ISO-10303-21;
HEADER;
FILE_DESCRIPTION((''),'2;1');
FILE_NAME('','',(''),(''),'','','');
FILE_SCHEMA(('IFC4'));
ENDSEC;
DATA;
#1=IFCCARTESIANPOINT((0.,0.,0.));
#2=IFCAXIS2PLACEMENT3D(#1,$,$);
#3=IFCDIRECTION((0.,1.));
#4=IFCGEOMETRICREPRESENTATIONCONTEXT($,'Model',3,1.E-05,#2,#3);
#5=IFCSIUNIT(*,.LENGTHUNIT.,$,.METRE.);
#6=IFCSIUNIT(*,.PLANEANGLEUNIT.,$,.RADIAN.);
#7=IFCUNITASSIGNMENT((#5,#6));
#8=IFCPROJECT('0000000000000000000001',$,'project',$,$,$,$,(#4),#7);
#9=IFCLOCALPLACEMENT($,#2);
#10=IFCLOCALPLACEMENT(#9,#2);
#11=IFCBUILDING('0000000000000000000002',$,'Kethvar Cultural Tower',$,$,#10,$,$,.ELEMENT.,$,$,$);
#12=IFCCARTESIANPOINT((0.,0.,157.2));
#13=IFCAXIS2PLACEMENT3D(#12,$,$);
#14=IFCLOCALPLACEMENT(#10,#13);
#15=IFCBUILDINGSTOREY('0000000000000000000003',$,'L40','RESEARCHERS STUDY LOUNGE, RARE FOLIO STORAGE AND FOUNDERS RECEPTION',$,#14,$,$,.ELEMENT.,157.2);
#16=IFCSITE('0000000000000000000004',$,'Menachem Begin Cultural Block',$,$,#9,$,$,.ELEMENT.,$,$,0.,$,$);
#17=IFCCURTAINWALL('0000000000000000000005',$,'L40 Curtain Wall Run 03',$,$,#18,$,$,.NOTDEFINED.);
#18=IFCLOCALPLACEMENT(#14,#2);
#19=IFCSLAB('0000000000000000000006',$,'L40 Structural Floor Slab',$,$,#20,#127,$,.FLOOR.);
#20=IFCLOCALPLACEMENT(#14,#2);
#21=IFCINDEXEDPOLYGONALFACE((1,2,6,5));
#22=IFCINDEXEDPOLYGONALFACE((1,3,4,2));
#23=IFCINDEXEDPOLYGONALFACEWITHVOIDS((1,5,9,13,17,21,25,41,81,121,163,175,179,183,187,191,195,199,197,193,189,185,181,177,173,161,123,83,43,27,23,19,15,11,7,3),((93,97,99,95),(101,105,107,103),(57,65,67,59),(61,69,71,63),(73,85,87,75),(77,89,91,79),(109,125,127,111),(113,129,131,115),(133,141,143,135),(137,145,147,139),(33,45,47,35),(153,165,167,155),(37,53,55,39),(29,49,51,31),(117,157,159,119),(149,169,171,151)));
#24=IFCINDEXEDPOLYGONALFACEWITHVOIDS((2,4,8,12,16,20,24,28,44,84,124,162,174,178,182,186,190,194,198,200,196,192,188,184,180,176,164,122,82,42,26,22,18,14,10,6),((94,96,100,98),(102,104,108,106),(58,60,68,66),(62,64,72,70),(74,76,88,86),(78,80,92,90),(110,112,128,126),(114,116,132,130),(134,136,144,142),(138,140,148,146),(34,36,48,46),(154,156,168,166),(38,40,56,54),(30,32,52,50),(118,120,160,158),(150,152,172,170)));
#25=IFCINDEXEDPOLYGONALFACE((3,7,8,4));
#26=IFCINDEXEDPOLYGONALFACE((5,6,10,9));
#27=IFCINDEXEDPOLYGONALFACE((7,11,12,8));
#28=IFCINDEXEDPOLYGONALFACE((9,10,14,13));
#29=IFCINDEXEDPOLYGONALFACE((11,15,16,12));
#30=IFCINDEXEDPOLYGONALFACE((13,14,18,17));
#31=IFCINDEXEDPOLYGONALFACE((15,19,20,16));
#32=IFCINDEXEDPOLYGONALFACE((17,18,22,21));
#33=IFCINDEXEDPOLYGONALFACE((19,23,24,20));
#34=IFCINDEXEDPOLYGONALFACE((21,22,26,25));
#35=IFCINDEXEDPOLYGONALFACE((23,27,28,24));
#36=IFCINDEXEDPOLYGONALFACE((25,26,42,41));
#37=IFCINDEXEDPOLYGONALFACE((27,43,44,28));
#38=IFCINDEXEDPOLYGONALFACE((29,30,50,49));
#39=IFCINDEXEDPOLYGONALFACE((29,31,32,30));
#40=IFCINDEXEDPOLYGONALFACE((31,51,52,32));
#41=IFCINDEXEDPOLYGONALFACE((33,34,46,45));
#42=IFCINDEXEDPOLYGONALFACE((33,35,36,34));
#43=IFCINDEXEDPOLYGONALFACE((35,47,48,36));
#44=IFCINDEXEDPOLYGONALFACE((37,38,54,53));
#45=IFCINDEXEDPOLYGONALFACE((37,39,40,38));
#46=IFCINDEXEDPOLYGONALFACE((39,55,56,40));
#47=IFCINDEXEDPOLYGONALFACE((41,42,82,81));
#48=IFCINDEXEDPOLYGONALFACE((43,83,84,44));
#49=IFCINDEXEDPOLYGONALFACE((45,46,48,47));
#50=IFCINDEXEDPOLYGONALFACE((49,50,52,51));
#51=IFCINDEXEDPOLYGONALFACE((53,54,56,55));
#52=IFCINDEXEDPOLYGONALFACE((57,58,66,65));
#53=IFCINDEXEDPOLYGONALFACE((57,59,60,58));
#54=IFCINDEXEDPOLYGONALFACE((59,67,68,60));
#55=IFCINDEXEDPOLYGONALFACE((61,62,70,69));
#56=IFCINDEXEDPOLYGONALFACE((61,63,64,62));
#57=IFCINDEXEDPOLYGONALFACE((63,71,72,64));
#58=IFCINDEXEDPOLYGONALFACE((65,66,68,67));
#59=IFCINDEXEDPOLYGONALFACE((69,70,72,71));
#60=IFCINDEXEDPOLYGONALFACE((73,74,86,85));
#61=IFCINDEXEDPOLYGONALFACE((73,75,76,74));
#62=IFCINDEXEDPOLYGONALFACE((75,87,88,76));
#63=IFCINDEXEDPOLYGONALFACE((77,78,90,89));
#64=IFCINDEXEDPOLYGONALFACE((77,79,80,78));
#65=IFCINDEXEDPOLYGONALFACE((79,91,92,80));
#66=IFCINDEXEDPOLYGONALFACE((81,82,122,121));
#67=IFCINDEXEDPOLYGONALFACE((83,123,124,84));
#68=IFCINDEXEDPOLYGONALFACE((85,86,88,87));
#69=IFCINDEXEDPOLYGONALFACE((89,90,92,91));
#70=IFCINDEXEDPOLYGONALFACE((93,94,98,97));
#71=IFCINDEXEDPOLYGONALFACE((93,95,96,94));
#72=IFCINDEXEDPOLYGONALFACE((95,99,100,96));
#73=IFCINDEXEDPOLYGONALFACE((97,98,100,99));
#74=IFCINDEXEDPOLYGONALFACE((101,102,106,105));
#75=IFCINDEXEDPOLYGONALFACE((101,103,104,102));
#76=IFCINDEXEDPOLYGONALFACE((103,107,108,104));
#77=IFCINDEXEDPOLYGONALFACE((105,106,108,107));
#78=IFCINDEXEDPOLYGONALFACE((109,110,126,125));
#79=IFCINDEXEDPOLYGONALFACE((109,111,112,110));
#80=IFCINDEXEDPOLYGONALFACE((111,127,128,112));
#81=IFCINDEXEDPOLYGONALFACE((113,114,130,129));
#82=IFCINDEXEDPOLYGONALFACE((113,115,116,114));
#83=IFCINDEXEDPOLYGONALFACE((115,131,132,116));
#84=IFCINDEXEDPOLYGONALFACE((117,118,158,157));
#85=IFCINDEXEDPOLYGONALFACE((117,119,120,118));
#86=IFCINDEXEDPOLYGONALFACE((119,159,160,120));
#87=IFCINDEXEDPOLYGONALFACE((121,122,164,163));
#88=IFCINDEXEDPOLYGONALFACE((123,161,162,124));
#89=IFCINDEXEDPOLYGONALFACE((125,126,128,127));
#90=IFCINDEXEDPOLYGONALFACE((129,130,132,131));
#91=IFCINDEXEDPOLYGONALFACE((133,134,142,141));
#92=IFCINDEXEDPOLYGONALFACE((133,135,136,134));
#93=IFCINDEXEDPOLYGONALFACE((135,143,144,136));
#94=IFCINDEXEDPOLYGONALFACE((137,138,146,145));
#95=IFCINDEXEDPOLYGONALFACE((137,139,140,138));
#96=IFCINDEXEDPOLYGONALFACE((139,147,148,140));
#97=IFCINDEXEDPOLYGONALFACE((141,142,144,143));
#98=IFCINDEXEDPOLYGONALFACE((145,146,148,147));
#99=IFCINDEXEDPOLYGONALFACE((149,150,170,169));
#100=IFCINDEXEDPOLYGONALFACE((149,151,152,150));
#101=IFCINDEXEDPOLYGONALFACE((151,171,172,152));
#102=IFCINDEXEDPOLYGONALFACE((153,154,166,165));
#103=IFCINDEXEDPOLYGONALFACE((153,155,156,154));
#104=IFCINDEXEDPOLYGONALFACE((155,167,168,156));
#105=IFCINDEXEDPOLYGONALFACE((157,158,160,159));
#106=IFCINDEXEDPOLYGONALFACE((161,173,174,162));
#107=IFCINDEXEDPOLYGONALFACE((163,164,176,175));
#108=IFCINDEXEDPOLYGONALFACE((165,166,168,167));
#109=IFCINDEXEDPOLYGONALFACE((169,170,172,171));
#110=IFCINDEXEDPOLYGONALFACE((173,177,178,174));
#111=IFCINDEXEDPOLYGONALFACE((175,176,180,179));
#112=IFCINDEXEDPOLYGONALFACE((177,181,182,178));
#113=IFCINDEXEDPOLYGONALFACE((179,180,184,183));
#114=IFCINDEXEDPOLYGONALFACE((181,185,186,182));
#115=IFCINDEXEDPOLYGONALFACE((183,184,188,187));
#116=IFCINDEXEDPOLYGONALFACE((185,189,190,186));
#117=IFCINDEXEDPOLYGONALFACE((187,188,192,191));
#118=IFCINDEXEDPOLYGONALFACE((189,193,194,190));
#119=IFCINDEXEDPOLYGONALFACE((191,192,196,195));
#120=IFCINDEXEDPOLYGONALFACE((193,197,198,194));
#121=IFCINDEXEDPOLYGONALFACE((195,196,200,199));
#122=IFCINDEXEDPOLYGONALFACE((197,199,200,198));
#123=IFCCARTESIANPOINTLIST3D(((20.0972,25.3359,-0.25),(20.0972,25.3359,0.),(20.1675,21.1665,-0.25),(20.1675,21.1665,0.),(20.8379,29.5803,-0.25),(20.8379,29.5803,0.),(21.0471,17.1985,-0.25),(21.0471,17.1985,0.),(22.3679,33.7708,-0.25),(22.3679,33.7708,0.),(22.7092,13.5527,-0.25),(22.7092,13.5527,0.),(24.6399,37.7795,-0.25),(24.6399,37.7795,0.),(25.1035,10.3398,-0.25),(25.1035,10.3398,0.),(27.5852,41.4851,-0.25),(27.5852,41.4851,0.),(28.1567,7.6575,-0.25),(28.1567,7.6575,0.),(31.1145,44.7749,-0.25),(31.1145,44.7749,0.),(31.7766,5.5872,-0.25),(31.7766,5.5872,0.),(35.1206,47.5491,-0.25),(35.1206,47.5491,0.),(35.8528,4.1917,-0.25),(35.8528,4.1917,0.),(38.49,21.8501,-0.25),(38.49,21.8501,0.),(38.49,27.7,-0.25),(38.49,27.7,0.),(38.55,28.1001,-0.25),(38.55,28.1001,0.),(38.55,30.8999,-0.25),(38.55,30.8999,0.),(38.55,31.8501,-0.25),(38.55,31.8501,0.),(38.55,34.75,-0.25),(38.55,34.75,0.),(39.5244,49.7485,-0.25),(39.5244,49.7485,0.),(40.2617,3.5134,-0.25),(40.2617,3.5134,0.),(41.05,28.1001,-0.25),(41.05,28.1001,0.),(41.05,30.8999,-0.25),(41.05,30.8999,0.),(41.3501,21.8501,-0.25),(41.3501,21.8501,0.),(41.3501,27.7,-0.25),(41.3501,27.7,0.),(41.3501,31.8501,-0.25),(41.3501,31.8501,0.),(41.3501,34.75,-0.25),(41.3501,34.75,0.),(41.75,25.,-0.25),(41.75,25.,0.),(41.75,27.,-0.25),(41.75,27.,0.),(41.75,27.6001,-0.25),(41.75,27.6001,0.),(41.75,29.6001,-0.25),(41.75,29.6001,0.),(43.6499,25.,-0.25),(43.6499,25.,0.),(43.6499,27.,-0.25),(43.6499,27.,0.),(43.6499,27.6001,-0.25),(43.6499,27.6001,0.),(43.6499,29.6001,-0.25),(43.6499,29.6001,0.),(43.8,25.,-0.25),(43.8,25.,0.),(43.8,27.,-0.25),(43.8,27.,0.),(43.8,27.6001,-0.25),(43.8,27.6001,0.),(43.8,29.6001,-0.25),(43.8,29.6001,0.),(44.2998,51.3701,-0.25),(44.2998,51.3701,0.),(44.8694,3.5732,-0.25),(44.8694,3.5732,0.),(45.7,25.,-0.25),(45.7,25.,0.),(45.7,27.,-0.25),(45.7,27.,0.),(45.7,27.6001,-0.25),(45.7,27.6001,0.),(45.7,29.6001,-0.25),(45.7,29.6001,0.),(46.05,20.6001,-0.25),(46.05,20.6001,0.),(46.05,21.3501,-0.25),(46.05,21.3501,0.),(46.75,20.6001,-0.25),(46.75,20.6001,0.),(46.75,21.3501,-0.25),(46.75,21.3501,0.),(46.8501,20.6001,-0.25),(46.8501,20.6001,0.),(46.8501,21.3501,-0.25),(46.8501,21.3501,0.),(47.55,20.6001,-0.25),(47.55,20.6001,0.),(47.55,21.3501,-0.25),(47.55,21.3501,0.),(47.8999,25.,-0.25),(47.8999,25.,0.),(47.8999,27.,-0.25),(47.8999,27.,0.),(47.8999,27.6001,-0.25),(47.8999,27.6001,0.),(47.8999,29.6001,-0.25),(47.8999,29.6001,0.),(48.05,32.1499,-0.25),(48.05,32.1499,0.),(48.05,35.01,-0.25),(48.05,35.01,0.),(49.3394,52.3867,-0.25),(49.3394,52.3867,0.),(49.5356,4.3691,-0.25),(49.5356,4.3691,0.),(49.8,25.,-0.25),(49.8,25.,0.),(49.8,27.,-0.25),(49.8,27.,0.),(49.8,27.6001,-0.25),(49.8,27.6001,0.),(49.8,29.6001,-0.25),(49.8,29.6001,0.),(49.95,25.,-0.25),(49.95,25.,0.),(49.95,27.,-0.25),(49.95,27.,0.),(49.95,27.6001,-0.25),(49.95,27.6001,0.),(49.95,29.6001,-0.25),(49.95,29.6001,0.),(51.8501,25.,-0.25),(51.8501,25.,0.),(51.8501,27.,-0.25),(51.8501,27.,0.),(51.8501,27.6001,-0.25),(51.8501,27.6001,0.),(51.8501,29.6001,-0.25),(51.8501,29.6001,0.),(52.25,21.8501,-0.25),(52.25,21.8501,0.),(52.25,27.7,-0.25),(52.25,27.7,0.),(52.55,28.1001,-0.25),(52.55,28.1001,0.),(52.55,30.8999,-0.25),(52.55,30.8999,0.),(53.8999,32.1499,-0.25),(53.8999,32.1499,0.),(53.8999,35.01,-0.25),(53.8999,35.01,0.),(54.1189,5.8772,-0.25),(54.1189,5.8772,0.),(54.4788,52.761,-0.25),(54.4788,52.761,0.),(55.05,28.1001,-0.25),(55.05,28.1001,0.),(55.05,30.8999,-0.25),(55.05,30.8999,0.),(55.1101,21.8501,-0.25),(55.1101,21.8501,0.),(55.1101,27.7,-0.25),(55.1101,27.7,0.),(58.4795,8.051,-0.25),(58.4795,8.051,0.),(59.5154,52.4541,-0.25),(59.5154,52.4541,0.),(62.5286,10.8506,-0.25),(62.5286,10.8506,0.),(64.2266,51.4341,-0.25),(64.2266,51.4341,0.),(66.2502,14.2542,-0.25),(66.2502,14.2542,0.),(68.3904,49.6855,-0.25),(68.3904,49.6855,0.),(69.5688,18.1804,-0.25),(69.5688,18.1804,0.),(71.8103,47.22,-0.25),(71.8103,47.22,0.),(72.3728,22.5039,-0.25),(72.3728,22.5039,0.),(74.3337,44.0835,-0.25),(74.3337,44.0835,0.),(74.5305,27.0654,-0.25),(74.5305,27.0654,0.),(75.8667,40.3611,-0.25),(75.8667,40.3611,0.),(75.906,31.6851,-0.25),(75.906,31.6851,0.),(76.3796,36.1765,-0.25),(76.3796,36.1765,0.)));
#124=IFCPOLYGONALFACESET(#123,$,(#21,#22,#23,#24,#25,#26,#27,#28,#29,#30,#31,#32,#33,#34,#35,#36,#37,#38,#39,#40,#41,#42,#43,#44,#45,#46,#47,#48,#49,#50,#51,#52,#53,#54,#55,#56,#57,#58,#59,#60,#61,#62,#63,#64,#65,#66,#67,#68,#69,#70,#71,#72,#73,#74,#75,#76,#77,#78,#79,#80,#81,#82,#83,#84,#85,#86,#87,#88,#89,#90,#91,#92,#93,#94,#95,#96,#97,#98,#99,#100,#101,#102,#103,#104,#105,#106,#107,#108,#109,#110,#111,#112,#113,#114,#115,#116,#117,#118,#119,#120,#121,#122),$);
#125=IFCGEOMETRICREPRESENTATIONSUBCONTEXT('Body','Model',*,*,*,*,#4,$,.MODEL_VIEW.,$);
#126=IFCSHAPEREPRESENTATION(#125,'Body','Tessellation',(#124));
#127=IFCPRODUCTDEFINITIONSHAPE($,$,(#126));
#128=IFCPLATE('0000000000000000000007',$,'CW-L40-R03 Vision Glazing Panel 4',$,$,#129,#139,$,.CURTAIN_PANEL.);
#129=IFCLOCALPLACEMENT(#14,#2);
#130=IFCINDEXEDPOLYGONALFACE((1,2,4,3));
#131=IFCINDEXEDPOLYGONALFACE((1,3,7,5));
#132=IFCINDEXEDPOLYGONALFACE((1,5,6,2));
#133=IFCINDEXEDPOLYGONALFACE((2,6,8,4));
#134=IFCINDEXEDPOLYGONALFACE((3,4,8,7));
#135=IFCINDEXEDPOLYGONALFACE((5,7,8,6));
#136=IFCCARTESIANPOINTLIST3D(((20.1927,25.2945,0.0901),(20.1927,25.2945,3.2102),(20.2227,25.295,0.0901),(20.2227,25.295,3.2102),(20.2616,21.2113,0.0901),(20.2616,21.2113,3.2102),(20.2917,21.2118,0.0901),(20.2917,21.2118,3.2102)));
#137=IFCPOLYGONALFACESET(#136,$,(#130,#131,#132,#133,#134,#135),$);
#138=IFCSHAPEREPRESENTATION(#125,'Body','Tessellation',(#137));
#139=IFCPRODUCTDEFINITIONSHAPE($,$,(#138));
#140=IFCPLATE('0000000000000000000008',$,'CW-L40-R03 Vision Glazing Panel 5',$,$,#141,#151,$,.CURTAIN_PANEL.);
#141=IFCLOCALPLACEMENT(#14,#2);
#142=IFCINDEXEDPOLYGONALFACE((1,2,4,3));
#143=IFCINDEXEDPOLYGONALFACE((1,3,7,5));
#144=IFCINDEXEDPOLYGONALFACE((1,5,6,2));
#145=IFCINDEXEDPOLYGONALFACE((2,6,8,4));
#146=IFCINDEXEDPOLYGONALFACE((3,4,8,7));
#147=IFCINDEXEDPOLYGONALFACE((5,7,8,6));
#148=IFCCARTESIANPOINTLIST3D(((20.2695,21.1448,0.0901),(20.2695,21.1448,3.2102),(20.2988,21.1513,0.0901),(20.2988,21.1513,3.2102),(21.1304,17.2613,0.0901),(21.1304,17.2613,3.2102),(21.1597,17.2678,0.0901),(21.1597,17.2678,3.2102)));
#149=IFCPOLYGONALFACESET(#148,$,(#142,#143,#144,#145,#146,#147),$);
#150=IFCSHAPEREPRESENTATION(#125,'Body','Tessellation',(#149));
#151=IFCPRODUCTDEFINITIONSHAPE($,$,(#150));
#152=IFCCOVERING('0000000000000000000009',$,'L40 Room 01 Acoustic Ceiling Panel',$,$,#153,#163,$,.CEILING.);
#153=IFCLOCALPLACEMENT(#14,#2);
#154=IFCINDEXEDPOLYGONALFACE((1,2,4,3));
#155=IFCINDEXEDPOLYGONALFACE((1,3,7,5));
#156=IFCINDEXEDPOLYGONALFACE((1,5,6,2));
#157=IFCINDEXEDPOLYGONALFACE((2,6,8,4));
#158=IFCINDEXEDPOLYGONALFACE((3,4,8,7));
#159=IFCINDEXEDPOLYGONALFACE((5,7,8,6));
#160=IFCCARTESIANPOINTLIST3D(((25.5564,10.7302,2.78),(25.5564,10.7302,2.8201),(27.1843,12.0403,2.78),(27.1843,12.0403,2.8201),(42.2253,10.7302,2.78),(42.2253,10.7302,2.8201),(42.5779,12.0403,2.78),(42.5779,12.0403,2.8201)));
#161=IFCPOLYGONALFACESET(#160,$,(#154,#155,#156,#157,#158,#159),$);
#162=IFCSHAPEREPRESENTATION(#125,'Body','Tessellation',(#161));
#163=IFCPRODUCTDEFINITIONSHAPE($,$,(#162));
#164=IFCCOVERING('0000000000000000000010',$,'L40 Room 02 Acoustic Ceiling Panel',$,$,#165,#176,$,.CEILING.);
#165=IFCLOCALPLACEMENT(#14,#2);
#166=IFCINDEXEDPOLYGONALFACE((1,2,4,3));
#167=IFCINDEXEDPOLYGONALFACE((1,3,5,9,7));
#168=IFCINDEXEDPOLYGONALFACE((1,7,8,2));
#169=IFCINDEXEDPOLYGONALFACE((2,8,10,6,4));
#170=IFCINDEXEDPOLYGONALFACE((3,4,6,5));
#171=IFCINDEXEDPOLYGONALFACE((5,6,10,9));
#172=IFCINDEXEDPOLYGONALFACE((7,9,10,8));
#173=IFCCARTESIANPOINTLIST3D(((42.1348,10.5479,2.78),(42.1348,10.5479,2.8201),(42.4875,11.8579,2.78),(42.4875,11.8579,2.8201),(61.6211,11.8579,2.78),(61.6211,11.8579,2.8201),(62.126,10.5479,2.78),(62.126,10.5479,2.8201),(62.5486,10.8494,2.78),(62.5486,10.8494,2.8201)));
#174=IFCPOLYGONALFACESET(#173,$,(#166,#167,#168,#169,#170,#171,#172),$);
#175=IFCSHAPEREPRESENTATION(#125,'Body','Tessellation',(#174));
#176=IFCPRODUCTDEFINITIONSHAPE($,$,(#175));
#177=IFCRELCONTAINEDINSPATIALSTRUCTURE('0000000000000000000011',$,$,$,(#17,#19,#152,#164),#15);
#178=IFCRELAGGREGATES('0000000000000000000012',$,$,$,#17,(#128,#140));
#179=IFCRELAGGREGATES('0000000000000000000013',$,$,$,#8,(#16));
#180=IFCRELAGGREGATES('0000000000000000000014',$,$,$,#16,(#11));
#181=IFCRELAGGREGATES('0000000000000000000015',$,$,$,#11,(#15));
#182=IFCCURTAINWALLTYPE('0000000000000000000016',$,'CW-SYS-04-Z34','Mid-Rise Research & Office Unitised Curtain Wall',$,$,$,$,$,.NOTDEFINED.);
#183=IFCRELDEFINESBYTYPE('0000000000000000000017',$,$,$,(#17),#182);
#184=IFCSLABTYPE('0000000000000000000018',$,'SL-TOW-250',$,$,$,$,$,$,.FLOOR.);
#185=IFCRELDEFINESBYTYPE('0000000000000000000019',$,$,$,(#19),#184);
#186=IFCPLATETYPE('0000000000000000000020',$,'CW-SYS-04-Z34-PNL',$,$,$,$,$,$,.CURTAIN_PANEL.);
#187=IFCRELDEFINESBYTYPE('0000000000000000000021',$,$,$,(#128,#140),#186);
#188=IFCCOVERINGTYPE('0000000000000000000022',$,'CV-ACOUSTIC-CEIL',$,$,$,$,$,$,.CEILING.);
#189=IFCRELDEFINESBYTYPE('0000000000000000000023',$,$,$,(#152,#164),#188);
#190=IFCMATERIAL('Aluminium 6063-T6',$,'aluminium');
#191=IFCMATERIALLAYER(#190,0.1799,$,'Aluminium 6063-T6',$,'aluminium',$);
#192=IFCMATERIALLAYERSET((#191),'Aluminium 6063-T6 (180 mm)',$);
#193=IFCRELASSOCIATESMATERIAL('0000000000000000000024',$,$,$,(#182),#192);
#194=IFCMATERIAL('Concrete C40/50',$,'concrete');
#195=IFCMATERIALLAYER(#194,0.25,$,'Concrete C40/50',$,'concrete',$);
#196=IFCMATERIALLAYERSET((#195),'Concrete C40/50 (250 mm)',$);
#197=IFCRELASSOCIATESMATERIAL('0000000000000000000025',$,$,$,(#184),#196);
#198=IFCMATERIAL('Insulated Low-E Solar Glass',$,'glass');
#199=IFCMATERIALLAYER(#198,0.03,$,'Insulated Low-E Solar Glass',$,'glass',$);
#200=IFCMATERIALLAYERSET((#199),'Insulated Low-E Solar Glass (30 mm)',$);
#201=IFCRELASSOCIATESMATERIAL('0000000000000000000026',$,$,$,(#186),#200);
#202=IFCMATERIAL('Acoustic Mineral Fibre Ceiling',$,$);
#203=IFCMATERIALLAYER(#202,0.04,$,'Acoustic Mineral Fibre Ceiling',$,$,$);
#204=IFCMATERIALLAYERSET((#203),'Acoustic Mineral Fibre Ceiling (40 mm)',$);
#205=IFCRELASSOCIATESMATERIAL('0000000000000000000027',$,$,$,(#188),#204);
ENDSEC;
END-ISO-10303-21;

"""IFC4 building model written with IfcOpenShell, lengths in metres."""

from ifc_helpers import new_model, si_unit, direction, frame, origin, origin_2d, place, context, subcontext, project, spatial, polyline, rectangle, outline, extrude, source, transform, mapped, material, layer, layer_set, type_object, element, aggregate, save


model = new_model("IFC4")

# Units and contexts
model_context = context("Model", 3, precision=1e-05, world=origin(), true_north=direction((0.0, 1.0)))
body_context = subcontext(model_context, "Body", "Model", "MODEL_VIEW")
ifc_project = project(units=[si_unit("LENGTHUNIT", "METRE"), si_unit("PLANEANGLEUNIT", "RADIAN")], contexts=[model_context])

# Site, building, storey
site_placement = place(None, origin())
site = spatial("IfcSite", under=ifc_project, at=site_placement, Name="Menachem Begin Cultural Block", CompositionType="ELEMENT", RefElevation=0.0)
building_placement = place(site_placement, origin())
building = spatial("IfcBuilding", under=site, at=building_placement, Name="Kethvar Cultural Tower", CompositionType="ELEMENT")
storey_placement = place(building_placement, frame((0.0, 0.0, 157.2)))
storey = spatial("IfcBuildingStorey", under=building, at=storey_placement, Name="L40", Description="RESEARCHERS STUDY LOUNGE, RARE FOLIO STORAGE AND FOUNDERS RECEPTION", CompositionType="ELEMENT", Elevation=157.2)

# Curtain wall
ifc_material_1 = material(Name="Aluminium 6063-T6", Category="aluminium")
ifc_layer_1 = layer(ifc_material_1, 0.1799, Name="Aluminium 6063-T6", Category="aluminium")
ifc_layer_set_1 = layer_set([ifc_layer_1], Name="Aluminium 6063-T6 (180 mm)")
curtain_wall_type = type_object("IfcCurtainWallType", Name="CW-SYS-04-Z34", Description="Mid-Rise Research & Office Unitised Curtain Wall", PredefinedType="NOTDEFINED", material=ifc_layer_set_1)
curtain_wall_placement = place(storey_placement, origin())
curtain_wall = element("IfcCurtainWall", 1, at=curtain_wall_placement, inside=storey, type_object=curtain_wall_type, Name="L40 Curtain Wall Run 03", PredefinedType="NOTDEFINED")

# Shared definitions
ifc_material_2 = material(Name="Concrete C40/50", Category="concrete")

# Slab
ifc_layer_2 = layer(ifc_material_2, 0.25, Name="Concrete C40/50", Category="concrete")
ifc_layer_set_2 = layer_set([ifc_layer_2], Name="Concrete C40/50 (250 mm)")
slab_type_1 = type_object("IfcSlabType", Name="SL-TOW-250", PredefinedType="FLOOR", material=ifc_layer_set_2)
slab_1_placement = place(storey_placement, frame((0.0, 0.0, -0.25)))
element("IfcSlab", 2, at=slab_1_placement, inside=storey, type_object=slab_type_1, Name="L40 Structural Floor Slab", PredefinedType="FLOOR", context=body_context, shape_type="SweptSolid", body=[
    extrude(outline(polyline([(74.3337, 44.0835), (71.8103, 47.22), (68.3904, 49.6855), (64.2266, 51.4341), (59.5154, 52.4541), (54.4788, 52.761), (49.3394, 52.3867), (44.2998, 51.3701), (39.5244, 49.7485), (35.1206, 47.5491), (31.1145, 44.7749), (27.5852, 41.4851), (24.6399, 37.7795), (22.3679, 33.7708), (20.8379, 29.5803), (20.0972, 25.3359), (20.1675, 21.1665), (21.0471, 17.1985), (22.7092, 13.5527), (25.1035, 10.3398), (28.1567, 7.6575), (31.7766, 5.5872), (35.8528, 4.1917), (40.2617, 3.5134), (44.8694, 3.5732), (49.5356, 4.3691), (54.1189, 5.8772), (58.4795, 8.051), (62.5286, 10.8506), (66.2502, 14.2542), (69.5688, 18.1804), (72.3728, 22.5039), (74.5305, 27.0654), (75.906, 31.6851), (76.3796, 36.1765), (75.8667, 40.3611), (74.3337, 44.0835)]), holes=[polyline([(38.49, 21.8501), (38.49, 27.7), (41.3501, 27.7), (41.3501, 21.8501), (38.49, 21.8501)]), polyline([(52.25, 21.8501), (52.25, 27.7), (55.1101, 27.7), (55.1101, 21.8501), (52.25, 21.8501)]), polyline([(53.8999, 32.1499), (48.05, 32.1499), (48.05, 35.01), (53.8999, 35.01), (53.8999, 32.1499)]), polyline([(41.75, 27.0), (43.6499, 27.0), (43.6499, 25.0), (41.75, 25.0), (41.75, 27.0)]), polyline([(43.8, 27.0), (45.7, 27.0), (45.7, 25.0), (43.8, 25.0), (43.8, 27.0)]), polyline([(47.8999, 27.0), (49.8, 27.0), (49.8, 25.0), (47.8999, 25.0), (47.8999, 27.0)]), polyline([(49.95, 27.0), (51.8501, 27.0), (51.8501, 25.0), (49.95, 25.0), (49.95, 27.0)]), polyline([(41.75, 29.6001), (43.6499, 29.6001), (43.6499, 27.6001), (41.75, 27.6001), (41.75, 29.6001)]), polyline([(43.8, 29.6001), (45.7, 29.6001), (45.7, 27.6001), (43.8, 27.6001), (43.8, 29.6001)]), polyline([(47.8999, 29.6001), (49.8, 29.6001), (49.8, 27.6001), (47.8999, 27.6001), (47.8999, 29.6001)]), polyline([(49.95, 29.6001), (51.8501, 29.6001), (51.8501, 27.6001), (49.95, 27.6001), (49.95, 29.6001)]), polyline([(38.55, 30.8999), (41.05, 30.8999), (41.05, 28.1001), (38.55, 28.1001), (38.55, 30.8999)]), polyline([(52.55, 30.8999), (55.05, 30.8999), (55.05, 28.1001), (52.55, 28.1001), (52.55, 30.8999)]), polyline([(38.55, 34.75), (41.3501, 34.75), (41.3501, 31.8501), (38.55, 31.8501), (38.55, 34.75)]), polyline([(46.05, 21.3501), (46.75, 21.3501), (46.75, 20.6001), (46.05, 20.6001), (46.05, 21.3501)]), polyline([(46.8501, 21.3501), (47.55, 21.3501), (47.55, 20.6001), (46.8501, 20.6001), (46.8501, 21.3501)])]), origin(), (0.0, 0.0, 1.0), 0.25),
])

# Plates
ifc_material_3 = material(Name="Insulated Low-E Solar Glass", Category="glass")
ifc_layer_3 = layer(ifc_material_3, 0.03, Name="Insulated Low-E Solar Glass", Category="glass")
ifc_layer_set_3 = layer_set([ifc_layer_3], Name="Insulated Low-E Solar Glass (30 mm)")
plate_type = type_object("IfcPlateType", Name="CW-SYS-04-Z34-PNL", PredefinedType="CURTAIN_PANEL", material=ifc_layer_set_3)
shared_shape_1 = source(origin(), body_context, "Body", "SweptSolid", [
    extrude(rectangle(XDim=4.0837, YDim=0.03, at=origin_2d()), origin(), (0.0, 0.0, 1.0), 3.1201),
])
plate_1_placement = place(storey_placement, frame((20.2422, 23.2532, 0.0901), z_axis=(0.0, 0.0, 1.0), x_axis=(0.016877, -0.999858, 0.0)))
plate_1 = element("IfcPlate", 3, at=plate_1_placement, type_object=plate_type, Name="CW-L40-R03 Vision Glazing Panel 4", PredefinedType="CURTAIN_PANEL", context=body_context, shape_type="MappedRepresentation", body=[
    mapped(shared_shape_1, transform((0.0, 0.0, 0.0), scale=1.0)),
])
shared_shape_2 = source(origin(), body_context, "Body", "SweptSolid", [
    extrude(rectangle(XDim=3.9778, YDim=0.03, at=origin_2d()), origin(), (0.0, 0.0, 1.0), 3.1201),
])
plate_2_placement = place(storey_placement, frame((20.7146, 19.2063, 0.0901), z_axis=(0.0, 0.0, 1.0), x_axis=(0.216423, -0.9763, 0.0)))
plate_2 = element("IfcPlate", 4, at=plate_2_placement, type_object=plate_type, Name="CW-L40-R03 Vision Glazing Panel 5", PredefinedType="CURTAIN_PANEL", context=body_context, shape_type="MappedRepresentation", body=[
    mapped(shared_shape_2, transform((0.0, 0.0, 0.0), scale=1.0)),
])
aggregate(curtain_wall, [plate_1, plate_2])

# Coverings
ifc_material_4 = material(Name="Acoustic Mineral Fibre Ceiling")
ifc_layer_4 = layer(ifc_material_4, 0.04, Name="Acoustic Mineral Fibre Ceiling")
ifc_layer_set_4 = layer_set([ifc_layer_4], Name="Acoustic Mineral Fibre Ceiling (40 mm)")
covering_type_1 = type_object("IfcCoveringType", Name="CV-ACOUSTIC-CEIL", PredefinedType="CEILING", material=ifc_layer_set_4)
covering_1_placement = place(storey_placement, frame((0.0, 0.0, 2.78)))
element("IfcCovering", 5, at=covering_1_placement, inside=storey, type_object=covering_type_1, Name="L40 Room 01 Acoustic Ceiling Panel", PredefinedType="CEILING", context=body_context, shape_type="SweptSolid", body=[
    extrude(outline(polyline([(27.1843, 12.0403), (42.5779, 12.0403), (42.2253, 10.7302), (25.5564, 10.7302), (27.1843, 12.0403)])), origin(), (0.0, 0.0, 1.0), 0.04),
])
covering_2_placement = place(storey_placement, frame((0.0, 0.0, 2.78)))
element("IfcCovering", 6, at=covering_2_placement, inside=storey, type_object=covering_type_1, Name="L40 Room 02 Acoustic Ceiling Panel", PredefinedType="CEILING", context=body_context, shape_type="SweptSolid", body=[
    extrude(outline(polyline([(42.4875, 11.8579), (61.6211, 11.8579), (62.5486, 10.8494), (62.126, 10.5479), (42.1348, 10.5479), (42.4875, 11.8579)])), origin(), (0.0, 0.0, 1.0), 0.04),
])

save(model, "model.ifc")
